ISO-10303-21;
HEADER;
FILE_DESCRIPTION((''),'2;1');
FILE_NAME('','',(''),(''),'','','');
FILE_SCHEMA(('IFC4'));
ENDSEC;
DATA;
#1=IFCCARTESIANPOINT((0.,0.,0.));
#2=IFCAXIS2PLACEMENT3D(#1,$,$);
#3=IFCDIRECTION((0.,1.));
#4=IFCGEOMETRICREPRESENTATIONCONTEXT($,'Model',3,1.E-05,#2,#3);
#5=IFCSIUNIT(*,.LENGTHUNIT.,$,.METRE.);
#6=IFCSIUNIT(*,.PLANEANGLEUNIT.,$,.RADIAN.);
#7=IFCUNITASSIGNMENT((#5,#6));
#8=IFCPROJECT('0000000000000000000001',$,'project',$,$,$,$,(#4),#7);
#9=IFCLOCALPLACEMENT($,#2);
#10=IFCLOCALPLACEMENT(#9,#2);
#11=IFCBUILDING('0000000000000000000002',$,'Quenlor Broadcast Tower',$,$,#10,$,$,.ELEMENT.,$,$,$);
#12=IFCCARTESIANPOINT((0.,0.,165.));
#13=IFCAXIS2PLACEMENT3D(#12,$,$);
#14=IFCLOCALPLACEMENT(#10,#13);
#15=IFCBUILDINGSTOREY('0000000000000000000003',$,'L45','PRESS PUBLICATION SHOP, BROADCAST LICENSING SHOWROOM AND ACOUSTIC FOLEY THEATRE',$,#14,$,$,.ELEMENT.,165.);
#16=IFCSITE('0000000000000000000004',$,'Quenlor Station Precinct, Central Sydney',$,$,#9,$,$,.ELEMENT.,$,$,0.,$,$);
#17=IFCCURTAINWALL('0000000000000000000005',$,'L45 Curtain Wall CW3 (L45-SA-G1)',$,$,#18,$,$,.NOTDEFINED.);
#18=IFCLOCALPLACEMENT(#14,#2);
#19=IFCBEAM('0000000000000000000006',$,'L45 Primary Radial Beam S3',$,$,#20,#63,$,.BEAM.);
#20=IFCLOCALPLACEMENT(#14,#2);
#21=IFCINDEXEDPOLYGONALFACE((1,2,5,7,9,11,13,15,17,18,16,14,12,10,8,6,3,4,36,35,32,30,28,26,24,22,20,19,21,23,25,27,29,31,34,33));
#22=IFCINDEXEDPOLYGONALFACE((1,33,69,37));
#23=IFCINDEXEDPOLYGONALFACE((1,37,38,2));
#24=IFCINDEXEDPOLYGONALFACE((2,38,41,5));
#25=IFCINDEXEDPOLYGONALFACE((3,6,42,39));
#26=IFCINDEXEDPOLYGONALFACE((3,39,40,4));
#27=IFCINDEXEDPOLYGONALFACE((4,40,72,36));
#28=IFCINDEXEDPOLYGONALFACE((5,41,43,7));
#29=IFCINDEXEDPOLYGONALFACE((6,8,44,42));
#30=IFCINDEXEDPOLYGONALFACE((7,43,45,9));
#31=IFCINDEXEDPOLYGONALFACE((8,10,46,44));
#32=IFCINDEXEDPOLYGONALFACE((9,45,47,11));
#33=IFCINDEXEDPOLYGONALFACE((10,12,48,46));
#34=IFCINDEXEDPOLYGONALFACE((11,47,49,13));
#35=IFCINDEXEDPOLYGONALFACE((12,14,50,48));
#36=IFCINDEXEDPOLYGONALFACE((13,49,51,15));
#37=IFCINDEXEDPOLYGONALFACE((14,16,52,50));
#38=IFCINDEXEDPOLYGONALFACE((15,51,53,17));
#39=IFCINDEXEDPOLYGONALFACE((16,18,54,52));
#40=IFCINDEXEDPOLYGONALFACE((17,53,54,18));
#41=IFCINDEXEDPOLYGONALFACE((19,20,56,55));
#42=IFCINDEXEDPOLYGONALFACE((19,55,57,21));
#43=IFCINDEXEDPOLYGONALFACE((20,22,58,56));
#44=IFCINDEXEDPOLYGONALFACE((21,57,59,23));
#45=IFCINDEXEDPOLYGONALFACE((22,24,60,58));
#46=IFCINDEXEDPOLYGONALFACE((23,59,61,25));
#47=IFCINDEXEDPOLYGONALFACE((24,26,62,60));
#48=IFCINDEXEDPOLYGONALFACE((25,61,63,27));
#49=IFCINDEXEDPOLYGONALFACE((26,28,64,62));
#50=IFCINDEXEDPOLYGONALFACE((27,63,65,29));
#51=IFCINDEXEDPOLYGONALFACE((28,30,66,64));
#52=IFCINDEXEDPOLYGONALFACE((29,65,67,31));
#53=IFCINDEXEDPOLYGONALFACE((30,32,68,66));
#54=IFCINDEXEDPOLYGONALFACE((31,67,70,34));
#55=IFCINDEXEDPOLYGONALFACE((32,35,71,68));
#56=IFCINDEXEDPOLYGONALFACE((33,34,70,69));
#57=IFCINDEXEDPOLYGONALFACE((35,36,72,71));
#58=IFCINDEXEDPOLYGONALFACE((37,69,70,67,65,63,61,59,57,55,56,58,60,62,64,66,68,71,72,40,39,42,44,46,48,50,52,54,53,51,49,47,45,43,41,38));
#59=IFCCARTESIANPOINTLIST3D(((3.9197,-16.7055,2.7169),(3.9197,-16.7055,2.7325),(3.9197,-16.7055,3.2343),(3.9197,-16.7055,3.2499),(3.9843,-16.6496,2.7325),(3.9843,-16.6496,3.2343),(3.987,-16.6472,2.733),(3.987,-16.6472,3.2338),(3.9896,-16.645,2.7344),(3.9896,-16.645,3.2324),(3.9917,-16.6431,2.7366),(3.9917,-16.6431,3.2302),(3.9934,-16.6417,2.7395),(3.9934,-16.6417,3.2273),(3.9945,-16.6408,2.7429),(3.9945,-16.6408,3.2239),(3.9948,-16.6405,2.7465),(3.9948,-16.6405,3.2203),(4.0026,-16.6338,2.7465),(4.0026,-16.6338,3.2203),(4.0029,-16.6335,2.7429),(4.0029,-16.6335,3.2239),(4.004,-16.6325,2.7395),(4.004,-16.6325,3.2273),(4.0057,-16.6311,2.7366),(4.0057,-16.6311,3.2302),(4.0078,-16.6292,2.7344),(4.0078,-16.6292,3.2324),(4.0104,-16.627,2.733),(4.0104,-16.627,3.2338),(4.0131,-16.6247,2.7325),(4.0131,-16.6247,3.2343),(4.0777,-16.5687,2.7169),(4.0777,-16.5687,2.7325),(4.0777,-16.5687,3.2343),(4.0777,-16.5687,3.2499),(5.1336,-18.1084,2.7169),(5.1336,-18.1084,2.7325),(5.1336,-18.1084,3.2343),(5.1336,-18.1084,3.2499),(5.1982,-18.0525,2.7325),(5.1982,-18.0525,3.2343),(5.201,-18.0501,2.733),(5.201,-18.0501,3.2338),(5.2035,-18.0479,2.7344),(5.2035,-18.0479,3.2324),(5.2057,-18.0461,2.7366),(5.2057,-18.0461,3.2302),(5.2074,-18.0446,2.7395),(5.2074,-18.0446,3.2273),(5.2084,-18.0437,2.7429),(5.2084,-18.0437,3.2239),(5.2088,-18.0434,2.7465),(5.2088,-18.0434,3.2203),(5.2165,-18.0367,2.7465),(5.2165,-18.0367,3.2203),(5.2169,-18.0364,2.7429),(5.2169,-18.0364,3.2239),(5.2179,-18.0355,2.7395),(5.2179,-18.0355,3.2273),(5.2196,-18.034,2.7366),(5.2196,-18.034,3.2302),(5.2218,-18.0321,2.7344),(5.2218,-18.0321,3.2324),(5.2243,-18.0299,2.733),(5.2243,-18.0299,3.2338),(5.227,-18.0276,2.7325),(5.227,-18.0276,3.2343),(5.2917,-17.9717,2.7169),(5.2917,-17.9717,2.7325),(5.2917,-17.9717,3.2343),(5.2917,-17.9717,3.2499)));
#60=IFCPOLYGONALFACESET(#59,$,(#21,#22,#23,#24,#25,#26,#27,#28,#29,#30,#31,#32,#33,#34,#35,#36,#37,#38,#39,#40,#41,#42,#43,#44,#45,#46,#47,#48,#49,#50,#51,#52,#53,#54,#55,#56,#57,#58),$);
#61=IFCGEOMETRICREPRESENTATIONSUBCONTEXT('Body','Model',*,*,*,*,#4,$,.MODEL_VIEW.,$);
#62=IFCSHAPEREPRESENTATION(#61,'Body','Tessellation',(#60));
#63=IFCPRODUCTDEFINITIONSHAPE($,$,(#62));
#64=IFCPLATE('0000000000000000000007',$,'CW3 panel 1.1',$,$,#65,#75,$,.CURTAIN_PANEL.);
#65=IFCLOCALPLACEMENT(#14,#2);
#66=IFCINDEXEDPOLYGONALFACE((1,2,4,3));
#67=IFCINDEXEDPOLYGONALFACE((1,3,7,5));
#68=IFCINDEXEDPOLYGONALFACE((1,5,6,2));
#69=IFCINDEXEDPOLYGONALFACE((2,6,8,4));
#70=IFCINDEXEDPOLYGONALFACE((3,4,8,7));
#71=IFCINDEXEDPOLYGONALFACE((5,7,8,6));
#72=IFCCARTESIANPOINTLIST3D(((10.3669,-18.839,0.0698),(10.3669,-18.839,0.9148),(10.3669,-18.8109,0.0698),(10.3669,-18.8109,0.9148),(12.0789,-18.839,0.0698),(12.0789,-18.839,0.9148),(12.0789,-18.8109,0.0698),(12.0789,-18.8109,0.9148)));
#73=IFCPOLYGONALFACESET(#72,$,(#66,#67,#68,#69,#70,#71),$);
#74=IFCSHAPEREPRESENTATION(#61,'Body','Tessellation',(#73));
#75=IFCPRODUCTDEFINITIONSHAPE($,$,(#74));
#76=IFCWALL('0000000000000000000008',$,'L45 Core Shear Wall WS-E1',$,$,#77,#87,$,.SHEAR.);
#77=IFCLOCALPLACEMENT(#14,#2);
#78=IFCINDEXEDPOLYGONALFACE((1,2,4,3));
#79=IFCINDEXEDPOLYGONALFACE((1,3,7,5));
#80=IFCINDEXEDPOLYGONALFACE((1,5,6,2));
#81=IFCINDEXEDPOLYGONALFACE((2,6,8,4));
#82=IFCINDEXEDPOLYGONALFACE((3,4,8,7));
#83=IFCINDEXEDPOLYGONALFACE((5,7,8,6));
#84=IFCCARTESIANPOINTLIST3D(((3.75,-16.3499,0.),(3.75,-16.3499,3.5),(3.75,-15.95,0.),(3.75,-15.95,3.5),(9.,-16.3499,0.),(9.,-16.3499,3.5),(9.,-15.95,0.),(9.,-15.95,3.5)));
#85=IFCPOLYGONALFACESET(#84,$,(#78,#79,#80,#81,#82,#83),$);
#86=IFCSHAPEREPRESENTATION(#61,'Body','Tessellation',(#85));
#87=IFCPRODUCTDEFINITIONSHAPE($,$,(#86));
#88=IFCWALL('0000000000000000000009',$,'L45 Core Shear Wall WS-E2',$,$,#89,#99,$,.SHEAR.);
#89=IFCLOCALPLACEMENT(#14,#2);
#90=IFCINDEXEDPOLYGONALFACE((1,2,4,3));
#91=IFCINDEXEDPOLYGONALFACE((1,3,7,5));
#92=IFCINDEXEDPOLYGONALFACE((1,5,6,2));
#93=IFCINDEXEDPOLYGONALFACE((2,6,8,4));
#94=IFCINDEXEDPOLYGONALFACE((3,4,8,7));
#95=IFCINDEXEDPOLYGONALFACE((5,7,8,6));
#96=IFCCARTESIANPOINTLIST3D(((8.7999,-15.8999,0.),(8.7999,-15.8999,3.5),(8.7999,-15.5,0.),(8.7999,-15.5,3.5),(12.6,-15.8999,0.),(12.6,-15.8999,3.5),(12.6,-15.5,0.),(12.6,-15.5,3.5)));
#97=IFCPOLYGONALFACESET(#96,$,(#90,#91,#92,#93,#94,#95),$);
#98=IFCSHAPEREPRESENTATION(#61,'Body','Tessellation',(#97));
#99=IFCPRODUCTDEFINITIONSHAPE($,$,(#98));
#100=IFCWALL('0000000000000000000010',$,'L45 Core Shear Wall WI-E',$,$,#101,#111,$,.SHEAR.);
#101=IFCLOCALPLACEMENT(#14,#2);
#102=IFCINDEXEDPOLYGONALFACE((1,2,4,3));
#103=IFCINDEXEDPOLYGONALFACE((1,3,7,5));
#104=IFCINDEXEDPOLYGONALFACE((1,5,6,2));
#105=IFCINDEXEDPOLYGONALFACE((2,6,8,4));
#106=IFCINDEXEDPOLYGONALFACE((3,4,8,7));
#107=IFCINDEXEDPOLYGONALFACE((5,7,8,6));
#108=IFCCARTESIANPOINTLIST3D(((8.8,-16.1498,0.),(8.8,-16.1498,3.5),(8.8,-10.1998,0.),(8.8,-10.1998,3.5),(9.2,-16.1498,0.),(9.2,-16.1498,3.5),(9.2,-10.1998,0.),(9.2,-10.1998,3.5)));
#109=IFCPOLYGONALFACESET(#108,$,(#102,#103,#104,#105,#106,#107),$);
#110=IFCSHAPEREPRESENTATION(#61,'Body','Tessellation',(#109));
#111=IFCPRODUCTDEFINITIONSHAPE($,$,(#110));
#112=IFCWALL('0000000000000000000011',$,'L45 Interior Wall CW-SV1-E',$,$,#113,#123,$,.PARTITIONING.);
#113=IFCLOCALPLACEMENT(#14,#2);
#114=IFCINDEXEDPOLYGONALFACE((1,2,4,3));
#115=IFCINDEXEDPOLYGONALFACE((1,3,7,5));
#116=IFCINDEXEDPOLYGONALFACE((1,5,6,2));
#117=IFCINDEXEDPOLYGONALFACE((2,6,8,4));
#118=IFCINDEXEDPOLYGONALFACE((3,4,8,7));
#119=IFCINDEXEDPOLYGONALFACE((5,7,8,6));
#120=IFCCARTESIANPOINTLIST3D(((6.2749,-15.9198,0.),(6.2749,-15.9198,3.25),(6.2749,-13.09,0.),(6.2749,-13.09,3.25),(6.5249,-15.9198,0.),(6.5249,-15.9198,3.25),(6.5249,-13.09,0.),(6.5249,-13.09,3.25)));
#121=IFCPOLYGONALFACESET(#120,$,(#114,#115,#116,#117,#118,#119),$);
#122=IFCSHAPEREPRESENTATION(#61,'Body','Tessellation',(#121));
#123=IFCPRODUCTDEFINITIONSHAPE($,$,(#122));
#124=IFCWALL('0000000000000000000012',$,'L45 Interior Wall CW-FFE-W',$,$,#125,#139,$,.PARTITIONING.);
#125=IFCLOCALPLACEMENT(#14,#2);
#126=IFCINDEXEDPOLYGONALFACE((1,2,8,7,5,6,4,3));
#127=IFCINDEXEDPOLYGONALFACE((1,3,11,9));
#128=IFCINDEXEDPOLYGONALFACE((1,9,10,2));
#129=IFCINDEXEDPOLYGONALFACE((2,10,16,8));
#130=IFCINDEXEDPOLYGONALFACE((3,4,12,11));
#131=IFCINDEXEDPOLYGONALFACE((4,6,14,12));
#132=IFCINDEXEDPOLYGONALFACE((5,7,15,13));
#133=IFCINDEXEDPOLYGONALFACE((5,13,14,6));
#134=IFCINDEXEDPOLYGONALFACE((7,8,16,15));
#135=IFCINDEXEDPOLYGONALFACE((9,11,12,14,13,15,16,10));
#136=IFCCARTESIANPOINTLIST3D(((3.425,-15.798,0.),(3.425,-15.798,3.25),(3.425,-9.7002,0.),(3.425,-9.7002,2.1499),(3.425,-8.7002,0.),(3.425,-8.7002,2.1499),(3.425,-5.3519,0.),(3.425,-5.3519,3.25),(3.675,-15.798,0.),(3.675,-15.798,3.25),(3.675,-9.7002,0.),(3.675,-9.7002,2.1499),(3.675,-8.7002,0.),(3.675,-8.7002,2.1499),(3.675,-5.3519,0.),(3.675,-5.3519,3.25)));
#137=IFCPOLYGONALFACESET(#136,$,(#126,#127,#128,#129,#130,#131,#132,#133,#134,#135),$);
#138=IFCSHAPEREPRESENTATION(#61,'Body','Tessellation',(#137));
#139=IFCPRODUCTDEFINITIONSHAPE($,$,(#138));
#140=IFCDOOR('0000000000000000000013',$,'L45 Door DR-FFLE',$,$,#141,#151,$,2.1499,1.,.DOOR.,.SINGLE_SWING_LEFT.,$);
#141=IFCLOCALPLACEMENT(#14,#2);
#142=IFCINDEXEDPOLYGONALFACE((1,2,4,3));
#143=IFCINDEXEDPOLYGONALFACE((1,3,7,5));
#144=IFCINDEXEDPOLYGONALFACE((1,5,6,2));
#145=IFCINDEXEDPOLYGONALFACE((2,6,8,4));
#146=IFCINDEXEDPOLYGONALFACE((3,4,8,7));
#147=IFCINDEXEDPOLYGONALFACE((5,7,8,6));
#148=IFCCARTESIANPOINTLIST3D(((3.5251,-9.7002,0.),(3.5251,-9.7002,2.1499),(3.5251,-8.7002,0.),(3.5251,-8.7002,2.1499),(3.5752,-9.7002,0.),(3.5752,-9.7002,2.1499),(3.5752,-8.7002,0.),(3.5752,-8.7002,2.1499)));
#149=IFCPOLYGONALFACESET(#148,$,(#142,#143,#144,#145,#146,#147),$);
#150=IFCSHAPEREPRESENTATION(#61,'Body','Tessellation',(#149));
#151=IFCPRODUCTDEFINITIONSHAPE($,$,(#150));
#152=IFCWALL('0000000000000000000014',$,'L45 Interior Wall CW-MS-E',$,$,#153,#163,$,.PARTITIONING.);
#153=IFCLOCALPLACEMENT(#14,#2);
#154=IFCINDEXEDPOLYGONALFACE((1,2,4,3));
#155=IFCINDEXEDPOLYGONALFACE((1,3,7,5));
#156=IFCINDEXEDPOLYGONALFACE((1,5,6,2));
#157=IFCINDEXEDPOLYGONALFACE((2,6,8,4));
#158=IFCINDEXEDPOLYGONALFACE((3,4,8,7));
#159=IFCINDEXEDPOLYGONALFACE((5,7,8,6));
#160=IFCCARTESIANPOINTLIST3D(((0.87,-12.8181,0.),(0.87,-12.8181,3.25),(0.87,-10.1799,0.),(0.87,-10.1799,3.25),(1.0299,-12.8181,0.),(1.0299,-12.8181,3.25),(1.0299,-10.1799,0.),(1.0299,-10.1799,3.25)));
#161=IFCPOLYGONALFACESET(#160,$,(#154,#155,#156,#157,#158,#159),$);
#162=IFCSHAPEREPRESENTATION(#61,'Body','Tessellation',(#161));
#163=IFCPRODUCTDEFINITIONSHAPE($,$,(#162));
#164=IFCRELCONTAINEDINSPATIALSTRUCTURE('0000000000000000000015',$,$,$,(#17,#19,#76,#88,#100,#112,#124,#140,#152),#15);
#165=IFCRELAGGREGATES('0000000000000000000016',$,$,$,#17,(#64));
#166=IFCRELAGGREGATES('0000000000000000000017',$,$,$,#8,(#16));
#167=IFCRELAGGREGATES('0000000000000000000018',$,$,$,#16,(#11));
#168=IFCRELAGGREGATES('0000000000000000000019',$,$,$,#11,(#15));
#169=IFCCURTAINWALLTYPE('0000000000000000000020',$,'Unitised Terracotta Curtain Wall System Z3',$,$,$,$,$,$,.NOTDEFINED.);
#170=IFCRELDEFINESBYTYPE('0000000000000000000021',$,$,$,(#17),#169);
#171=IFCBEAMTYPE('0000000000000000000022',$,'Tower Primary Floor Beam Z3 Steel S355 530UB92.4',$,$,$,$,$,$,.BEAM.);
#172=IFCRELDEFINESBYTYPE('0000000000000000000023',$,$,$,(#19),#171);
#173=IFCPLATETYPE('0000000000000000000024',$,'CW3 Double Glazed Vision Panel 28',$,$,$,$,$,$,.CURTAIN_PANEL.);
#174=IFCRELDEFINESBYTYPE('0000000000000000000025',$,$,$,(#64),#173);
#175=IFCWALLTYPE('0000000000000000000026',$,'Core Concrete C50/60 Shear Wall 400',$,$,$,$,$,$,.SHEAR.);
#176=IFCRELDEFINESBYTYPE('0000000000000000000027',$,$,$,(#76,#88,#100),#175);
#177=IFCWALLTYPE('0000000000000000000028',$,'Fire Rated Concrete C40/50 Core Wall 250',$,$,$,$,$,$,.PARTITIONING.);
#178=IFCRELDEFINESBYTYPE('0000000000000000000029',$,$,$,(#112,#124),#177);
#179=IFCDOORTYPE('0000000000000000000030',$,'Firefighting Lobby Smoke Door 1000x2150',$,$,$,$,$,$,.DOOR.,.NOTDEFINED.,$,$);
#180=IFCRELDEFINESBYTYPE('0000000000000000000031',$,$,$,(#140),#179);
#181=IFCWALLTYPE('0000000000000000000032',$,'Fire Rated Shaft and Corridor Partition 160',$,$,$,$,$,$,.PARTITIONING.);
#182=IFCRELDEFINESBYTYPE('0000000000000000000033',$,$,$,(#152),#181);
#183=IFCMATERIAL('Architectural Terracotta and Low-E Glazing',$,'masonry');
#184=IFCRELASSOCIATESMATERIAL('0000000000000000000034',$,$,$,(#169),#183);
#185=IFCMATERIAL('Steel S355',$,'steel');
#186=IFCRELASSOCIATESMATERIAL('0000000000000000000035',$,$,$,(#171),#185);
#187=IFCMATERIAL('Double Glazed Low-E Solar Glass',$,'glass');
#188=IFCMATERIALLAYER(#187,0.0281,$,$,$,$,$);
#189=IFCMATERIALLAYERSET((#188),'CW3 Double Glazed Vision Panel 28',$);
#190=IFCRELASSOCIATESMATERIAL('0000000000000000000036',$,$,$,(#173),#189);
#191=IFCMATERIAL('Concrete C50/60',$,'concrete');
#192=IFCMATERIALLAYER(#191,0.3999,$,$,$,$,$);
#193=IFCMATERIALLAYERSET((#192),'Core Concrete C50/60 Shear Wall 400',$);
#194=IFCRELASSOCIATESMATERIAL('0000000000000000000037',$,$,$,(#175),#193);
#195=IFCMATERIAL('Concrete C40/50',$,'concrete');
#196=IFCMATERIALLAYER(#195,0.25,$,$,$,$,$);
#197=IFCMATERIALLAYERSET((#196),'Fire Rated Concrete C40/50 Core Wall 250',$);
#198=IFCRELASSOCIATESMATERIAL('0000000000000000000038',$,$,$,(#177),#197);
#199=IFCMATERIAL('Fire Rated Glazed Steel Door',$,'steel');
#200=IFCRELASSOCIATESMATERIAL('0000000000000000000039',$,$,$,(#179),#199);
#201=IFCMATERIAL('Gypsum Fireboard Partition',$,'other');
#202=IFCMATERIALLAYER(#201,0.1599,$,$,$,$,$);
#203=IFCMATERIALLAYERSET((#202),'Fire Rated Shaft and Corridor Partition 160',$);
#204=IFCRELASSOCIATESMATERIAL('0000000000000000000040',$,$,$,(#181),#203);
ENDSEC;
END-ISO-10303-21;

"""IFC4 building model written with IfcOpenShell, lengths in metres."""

from ifc_helpers import new_model, si_unit, direction, frame, frame_2d, origin, origin_2d, place, context, subcontext, project, spatial, rectangle, i_section, extrude, material, layer, layer_set, material_profile, profile_set, type_object, element, fill, aggregate, save


model = new_model("IFC4")

# Units and contexts
model_context = context("Model", 3, precision=1e-05, world=origin(), true_north=direction((0.0, 1.0)))
body_context = subcontext(model_context, "Body", "Model", "MODEL_VIEW")
ifc_project = project(units=[si_unit("LENGTHUNIT", "METRE"), si_unit("PLANEANGLEUNIT", "RADIAN")], contexts=[model_context])

# Site, building, storey
site_placement = place(None, origin())
site = spatial("IfcSite", under=ifc_project, at=site_placement, Name="Quenlor Station Precinct, Central Sydney", CompositionType="ELEMENT", RefElevation=0.0)
building_placement = place(site_placement, origin())
building = spatial("IfcBuilding", under=site, at=building_placement, Name="Quenlor Broadcast Tower", CompositionType="ELEMENT")
storey_placement = place(building_placement, frame((0.0, 0.0, 165.0)))
storey = spatial("IfcBuildingStorey", under=building, at=storey_placement, Name="L45", Description="PRESS PUBLICATION SHOP, BROADCAST LICENSING SHOWROOM AND ACOUSTIC FOLEY THEATRE", CompositionType="ELEMENT", Elevation=165.0)

# Curtain wall
ifc_material_1 = material(Name="Architectural Terracotta and Low-E Glazing", Category="masonry")
curtain_wall_type = type_object("IfcCurtainWallType", Name="Unitised Terracotta Curtain Wall System Z3", PredefinedType="NOTDEFINED", material=ifc_material_1)
curtain_wall_placement = place(storey_placement, origin())
curtain_wall = element("IfcCurtainWall", 1, at=curtain_wall_placement, inside=storey, type_object=curtain_wall_type, Name="L45 Curtain Wall CW3 (L45-SA-G1)", PredefinedType="NOTDEFINED")

# Beam
ifc_material_2 = material(Name="Steel S355", Category="steel")
ifc_material_profile_1 = material_profile(ifc_material_2, i_section(OverallWidth=0.209, OverallDepth=0.533, WebThickness=0.0103, FlangeThickness=0.0156, FilletRadius=0.0139, at=origin_2d()))
ifc_profile_set_1 = profile_set([ifc_material_profile_1], Name="Steel S355 530UB92.4")
beam_type_1 = type_object("IfcBeamType", Name="Tower Primary Floor Beam Z3 Steel S355 530UB92.4", PredefinedType="BEAM", material=ifc_profile_set_1)
beam_1_placement = place(storey_placement, frame((5.2126, -18.04, 2.9834), z_axis=(-0.654339, 0.756201, 0.0), x_axis=(-0.756201, -0.654339, 0.0)))
element("IfcBeam", 2, at=beam_1_placement, inside=storey, type_object=beam_type_1, Name="L45 Primary Radial Beam S3", PredefinedType="BEAM", context=body_context, shape_type="SweptSolid", body=[
    extrude(i_section(OverallWidth=0.209, OverallDepth=0.533, WebThickness=0.0103, FlangeThickness=0.0156, FilletRadius=0.0139, at=origin_2d()), origin(), (0.0, 0.0, 1.0), 1.8552),
])

# Plate
ifc_material_3 = material(Name="Double Glazed Low-E Solar Glass", Category="glass")
ifc_layer_1 = layer(ifc_material_3, 0.0281)
ifc_layer_set_1 = layer_set([ifc_layer_1], Name="CW3 Double Glazed Vision Panel 28")
plate_type = type_object("IfcPlateType", Name="CW3 Double Glazed Vision Panel 28", PredefinedType="CURTAIN_PANEL", material=ifc_layer_set_1)
plate_placement = place(storey_placement, frame((11.2229, -18.825, 0.0698), z_axis=(0.0, 0.0, 1.0), x_axis=(-1.0, 0.0, 0.0)))
plate = element("IfcPlate", 3, at=plate_placement, type_object=plate_type, Name="CW3 panel 1.1", PredefinedType="CURTAIN_PANEL", context=body_context, shape_type="SweptSolid", body=[
    extrude(rectangle(XDim=1.7119, YDim=0.0281, at=origin_2d()), origin(), (0.0, 0.0, 1.0), 0.845),
])
aggregate(curtain_wall, [plate])

# Walls
ifc_material_4 = material(Name="Concrete C50/60", Category="concrete")
ifc_layer_2 = layer(ifc_material_4, 0.3999)
ifc_layer_set_2 = layer_set([ifc_layer_2], Name="Core Concrete C50/60 Shear Wall 400")
wall_type_1 = type_object("IfcWallType", Name="Core Concrete C50/60 Shear Wall 400", PredefinedType="SHEAR", material=ifc_layer_set_2)
wall_1_placement = place(storey_placement, frame((3.75, -16.1499, 0.0), z_axis=(0.0, 0.0, 1.0), x_axis=(1.0, 0.0, 0.0)))
element("IfcWall", 4, at=wall_1_placement, inside=storey, type_object=wall_type_1, Name="L45 Core Shear Wall WS-E1", PredefinedType="SHEAR", context=body_context, shape_type="SweptSolid", body=[
    extrude(rectangle(XDim=5.25, YDim=0.3999, at=frame_2d((2.625, 0.0))), origin(), (0.0, 0.0, 1.0), 3.5),
])
wall_2_placement = place(storey_placement, frame((8.8, -15.7, 0.0), z_axis=(0.0, 0.0, 1.0), x_axis=(1.0, 0.0, 0.0)))
element("IfcWall", 5, at=wall_2_placement, inside=storey, type_object=wall_type_1, Name="L45 Core Shear Wall WS-E2", PredefinedType="SHEAR", context=body_context, shape_type="SweptSolid", body=[
    extrude(rectangle(XDim=3.8, YDim=0.3999, at=frame_2d((1.8999, 0.0))), origin(), (0.0, 0.0, 1.0), 3.5),
])
wall_3_placement = place(storey_placement, frame((9.0, -16.1499, 0.0), z_axis=(0.0, 0.0, 1.0), x_axis=(0.0, 1.0, 0.0)))
element("IfcWall", 6, at=wall_3_placement, inside=storey, type_object=wall_type_1, Name="L45 Core Shear Wall WI-E", PredefinedType="SHEAR", context=body_context, shape_type="SweptSolid", body=[
    extrude(rectangle(XDim=5.95, YDim=0.3999, at=frame_2d((2.9751, 0.0))), origin(), (0.0, 0.0, 1.0), 3.5),
])

# Shared definitions
ifc_material_5 = material(Name="Concrete C40/50", Category="concrete")
ifc_layer_3 = layer(ifc_material_5, 0.25)
ifc_layer_set_3 = layer_set([ifc_layer_3], Name="Fire Rated Concrete C40/50 Core Wall 250")
wall_type_2 = type_object("IfcWallType", Name="Fire Rated Concrete C40/50 Core Wall 250", PredefinedType="PARTITIONING", material=ifc_layer_set_3)

# Wall
wall_4_placement = place(storey_placement, frame((6.3999, -15.9199, 0.0), z_axis=(0.0, 0.0, 1.0), x_axis=(0.0, 1.0, 0.0)))
element("IfcWall", 7, at=wall_4_placement, inside=storey, type_object=wall_type_2, Name="L45 Interior Wall CW-SV1-E", PredefinedType="PARTITIONING", context=body_context, shape_type="SweptSolid", body=[
    extrude(rectangle(XDim=2.8298, YDim=0.25, at=frame_2d((1.415, 0.0))), origin(), (0.0, 0.0, 1.0), 3.25),
])

# Wall, opening, door
wall_5_placement = place(storey_placement, frame((3.55, -15.7981, 0.0), z_axis=(0.0, 0.0, 1.0), x_axis=(0.0, 1.0, 0.0)))
wall_5 = element("IfcWall", 8, at=wall_5_placement, inside=storey, type_object=wall_type_2, Name="L45 Interior Wall CW-FFE-W", PredefinedType="PARTITIONING", context=body_context, shape_type="SweptSolid", body=[
    extrude(rectangle(XDim=10.446, YDim=0.25, at=frame_2d((5.2231, 0.0))), origin(), (0.0, 0.0, 1.0), 3.25),
])
opening_1_placement = place(wall_5_placement, frame((6.0979, 0.0, 0.0)))
opening_1 = element("IfcOpeningElement", 9, at=opening_1_placement, cuts=wall_5, PredefinedType="OPENING", context=body_context, shape_type="SweptSolid", body=[
    extrude(rectangle(XDim=1.0, YDim=2.1499, at=frame_2d((0.5, 1.075))), frame((0.0, 0.135, 0.0), z_axis=(0.0, -1.0, 0.0), x_axis=(1.0, 0.0, 0.0)), (0.0, 0.0, 1.0), 0.27),
])
ifc_material_6 = material(Name="Fire Rated Glazed Steel Door", Category="steel")
door_type_1 = type_object("IfcDoorType", Name="Firefighting Lobby Smoke Door 1000x2150", OperationType="NOTDEFINED", PredefinedType="DOOR", material=ifc_material_6)
door_1_placement = place(opening_1_placement, origin())
door_1 = element("IfcDoor", 10, at=door_1_placement, inside=storey, type_object=door_type_1, Name="L45 Door DR-FFLE", OperationType="SINGLE_SWING_LEFT", OverallHeight=2.1499, OverallWidth=1.0, PredefinedType="DOOR", context=body_context, shape_type="SweptSolid", body=[
    extrude(rectangle(XDim=1.0, YDim=2.1499, at=frame_2d((0.5, 1.075))), frame((0.0, 0.0249, 0.0), z_axis=(0.0, -1.0, 0.0), x_axis=(1.0, 0.0, 0.0)), (0.0, 0.0, 1.0), 0.05),
])
fill(opening_1, door_1)

# Wall
ifc_material_7 = material(Name="Gypsum Fireboard Partition", Category="other")
ifc_layer_4 = layer(ifc_material_7, 0.1599)
ifc_layer_set_4 = layer_set([ifc_layer_4], Name="Fire Rated Shaft and Corridor Partition 160")
wall_type_3 = type_object("IfcWallType", Name="Fire Rated Shaft and Corridor Partition 160", PredefinedType="PARTITIONING", material=ifc_layer_set_4)
wall_6_placement = place(storey_placement, frame((0.95, -12.8181, 0.0), z_axis=(0.0, 0.0, 1.0), x_axis=(0.0, 1.0, 0.0)))
element("IfcWall", 11, at=wall_6_placement, inside=storey, type_object=wall_type_3, Name="L45 Interior Wall CW-MS-E", PredefinedType="PARTITIONING", context=body_context, shape_type="SweptSolid", body=[
    extrude(rectangle(XDim=2.6382, YDim=0.1599, at=frame_2d((1.3191, 0.0))), origin(), (0.0, 0.0, 1.0), 3.25),
])

save(model, "model.ifc")
